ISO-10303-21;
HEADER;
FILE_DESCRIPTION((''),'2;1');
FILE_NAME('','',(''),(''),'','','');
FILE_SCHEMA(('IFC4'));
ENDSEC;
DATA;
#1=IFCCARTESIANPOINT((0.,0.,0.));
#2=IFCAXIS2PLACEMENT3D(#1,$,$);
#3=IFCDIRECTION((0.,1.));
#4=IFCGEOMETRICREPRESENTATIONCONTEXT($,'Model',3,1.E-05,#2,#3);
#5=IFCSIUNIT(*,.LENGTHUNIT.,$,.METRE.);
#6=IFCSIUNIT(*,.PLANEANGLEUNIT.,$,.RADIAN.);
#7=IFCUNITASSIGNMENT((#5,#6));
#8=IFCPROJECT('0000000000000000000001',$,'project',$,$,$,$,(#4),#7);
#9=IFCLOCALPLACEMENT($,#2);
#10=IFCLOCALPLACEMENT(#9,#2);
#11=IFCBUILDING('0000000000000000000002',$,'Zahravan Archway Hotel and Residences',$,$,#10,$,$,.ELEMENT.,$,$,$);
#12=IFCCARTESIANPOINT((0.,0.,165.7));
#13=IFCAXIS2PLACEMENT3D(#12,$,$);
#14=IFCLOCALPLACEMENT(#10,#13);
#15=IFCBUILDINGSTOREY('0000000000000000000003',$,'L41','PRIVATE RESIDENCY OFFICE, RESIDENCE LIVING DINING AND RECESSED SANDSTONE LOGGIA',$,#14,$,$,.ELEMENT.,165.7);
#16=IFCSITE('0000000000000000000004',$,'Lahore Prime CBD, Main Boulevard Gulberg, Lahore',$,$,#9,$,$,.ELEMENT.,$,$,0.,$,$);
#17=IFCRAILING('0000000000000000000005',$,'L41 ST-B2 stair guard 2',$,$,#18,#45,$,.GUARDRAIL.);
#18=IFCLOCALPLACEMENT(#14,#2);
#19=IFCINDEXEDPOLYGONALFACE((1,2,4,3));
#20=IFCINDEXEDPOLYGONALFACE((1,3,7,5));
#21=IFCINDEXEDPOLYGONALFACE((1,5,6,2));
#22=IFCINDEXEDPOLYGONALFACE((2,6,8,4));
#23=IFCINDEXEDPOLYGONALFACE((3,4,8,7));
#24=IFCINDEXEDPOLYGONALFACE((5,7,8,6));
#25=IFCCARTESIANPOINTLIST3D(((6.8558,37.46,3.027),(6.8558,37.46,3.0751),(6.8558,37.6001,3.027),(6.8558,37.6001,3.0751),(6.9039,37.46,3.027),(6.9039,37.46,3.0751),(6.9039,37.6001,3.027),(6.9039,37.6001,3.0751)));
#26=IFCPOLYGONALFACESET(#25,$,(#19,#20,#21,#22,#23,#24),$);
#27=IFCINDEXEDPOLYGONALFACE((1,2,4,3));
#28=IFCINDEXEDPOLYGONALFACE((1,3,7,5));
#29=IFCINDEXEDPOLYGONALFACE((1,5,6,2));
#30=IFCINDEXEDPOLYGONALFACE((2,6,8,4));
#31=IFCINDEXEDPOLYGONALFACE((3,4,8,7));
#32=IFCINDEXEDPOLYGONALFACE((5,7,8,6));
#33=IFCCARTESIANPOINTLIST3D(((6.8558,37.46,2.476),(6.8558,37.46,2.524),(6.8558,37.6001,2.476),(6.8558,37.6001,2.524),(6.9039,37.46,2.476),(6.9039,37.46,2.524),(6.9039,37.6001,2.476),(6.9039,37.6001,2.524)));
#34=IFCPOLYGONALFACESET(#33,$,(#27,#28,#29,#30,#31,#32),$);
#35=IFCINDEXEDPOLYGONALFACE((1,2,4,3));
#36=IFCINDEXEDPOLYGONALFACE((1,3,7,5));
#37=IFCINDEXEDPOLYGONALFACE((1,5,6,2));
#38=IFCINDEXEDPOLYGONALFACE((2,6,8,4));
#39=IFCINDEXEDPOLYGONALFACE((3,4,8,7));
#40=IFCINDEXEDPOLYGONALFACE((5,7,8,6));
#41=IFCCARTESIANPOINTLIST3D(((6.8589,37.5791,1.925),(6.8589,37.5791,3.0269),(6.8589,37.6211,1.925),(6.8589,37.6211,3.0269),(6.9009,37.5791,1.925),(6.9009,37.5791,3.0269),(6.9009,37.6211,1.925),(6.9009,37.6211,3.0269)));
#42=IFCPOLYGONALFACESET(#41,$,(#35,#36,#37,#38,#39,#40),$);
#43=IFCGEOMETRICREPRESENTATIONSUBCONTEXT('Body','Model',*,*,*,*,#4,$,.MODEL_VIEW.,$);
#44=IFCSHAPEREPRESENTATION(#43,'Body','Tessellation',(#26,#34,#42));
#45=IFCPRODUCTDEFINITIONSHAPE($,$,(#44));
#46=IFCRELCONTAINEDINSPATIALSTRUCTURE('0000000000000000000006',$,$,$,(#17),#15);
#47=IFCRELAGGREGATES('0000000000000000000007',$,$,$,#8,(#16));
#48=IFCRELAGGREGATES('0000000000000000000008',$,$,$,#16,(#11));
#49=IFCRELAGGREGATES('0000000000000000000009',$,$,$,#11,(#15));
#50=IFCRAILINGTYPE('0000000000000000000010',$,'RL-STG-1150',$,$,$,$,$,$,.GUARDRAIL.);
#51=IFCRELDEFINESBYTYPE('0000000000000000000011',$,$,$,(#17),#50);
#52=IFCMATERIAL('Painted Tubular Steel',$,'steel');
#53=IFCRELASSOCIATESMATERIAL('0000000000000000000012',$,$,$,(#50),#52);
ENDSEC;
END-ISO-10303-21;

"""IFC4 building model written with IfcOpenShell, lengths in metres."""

from ifc_helpers import new_model, si_unit, direction, frame, origin, origin_2d, place, context, subcontext, project, spatial, rectangle, extrude, material, type_object, element, save


model = new_model("IFC4")

# Units and contexts
model_context = context("Model", 3, precision=1e-05, world=origin(), true_north=direction((0.0, 1.0)))
body_context = subcontext(model_context, "Body", "Model", "MODEL_VIEW")
ifc_project = project(units=[si_unit("LENGTHUNIT", "METRE"), si_unit("PLANEANGLEUNIT", "RADIAN")], contexts=[model_context])

# Site, building, storey
site_placement = place(None, origin())
site = spatial("IfcSite", under=ifc_project, at=site_placement, Name="Lahore Prime CBD, Main Boulevard Gulberg, Lahore", CompositionType="ELEMENT", RefElevation=0.0)
building_placement = place(site_placement, origin())
building = spatial("IfcBuilding", under=site, at=building_placement, Name="Zahravan Archway Hotel and Residences", CompositionType="ELEMENT")
storey_placement = place(building_placement, frame((0.0, 0.0, 165.7)))
storey = spatial("IfcBuildingStorey", under=building, at=storey_placement, Name="L41", Description="PRIVATE RESIDENCY OFFICE, RESIDENCE LIVING DINING AND RECESSED SANDSTONE LOGGIA", CompositionType="ELEMENT", Elevation=165.7)

# Railing
ifc_material_1 = material(Name="Painted Tubular Steel", Category="steel")
railing_type_1 = type_object("IfcRailingType", Name="RL-STG-1150", PredefinedType="GUARDRAIL", material=ifc_material_1)
railing_1_placement = place(storey_placement, frame((6.8799, 37.6001, 1.925)))
element("IfcRailing", 1, at=railing_1_placement, inside=storey, type_object=railing_type_1, Name="L41 ST-B2 stair guard 2", PredefinedType="GUARDRAIL", context=body_context, shape_type="SweptSolid", body=[
    extrude(rectangle(XDim=0.0481, YDim=0.0481, at=origin_2d()), frame((0.0, 0.0, 1.126), z_axis=(0.0, -1.0, 0.0), x_axis=(1.0, 0.0, 0.0)), (0.0, 0.0, 1.0), 0.1401),
    extrude(rectangle(XDim=0.0481, YDim=0.0481, at=origin_2d()), frame((0.0, 0.0, 0.575), z_axis=(0.0, -1.0, 0.0), x_axis=(1.0, 0.0, 0.0)), (0.0, 0.0, 1.0), 0.1401),
    extrude(rectangle(XDim=0.042, YDim=0.042, at=origin_2d()), origin(), (0.0, 0.0, 1.0), 1.1018),
])

save(model, "model.ifc")
